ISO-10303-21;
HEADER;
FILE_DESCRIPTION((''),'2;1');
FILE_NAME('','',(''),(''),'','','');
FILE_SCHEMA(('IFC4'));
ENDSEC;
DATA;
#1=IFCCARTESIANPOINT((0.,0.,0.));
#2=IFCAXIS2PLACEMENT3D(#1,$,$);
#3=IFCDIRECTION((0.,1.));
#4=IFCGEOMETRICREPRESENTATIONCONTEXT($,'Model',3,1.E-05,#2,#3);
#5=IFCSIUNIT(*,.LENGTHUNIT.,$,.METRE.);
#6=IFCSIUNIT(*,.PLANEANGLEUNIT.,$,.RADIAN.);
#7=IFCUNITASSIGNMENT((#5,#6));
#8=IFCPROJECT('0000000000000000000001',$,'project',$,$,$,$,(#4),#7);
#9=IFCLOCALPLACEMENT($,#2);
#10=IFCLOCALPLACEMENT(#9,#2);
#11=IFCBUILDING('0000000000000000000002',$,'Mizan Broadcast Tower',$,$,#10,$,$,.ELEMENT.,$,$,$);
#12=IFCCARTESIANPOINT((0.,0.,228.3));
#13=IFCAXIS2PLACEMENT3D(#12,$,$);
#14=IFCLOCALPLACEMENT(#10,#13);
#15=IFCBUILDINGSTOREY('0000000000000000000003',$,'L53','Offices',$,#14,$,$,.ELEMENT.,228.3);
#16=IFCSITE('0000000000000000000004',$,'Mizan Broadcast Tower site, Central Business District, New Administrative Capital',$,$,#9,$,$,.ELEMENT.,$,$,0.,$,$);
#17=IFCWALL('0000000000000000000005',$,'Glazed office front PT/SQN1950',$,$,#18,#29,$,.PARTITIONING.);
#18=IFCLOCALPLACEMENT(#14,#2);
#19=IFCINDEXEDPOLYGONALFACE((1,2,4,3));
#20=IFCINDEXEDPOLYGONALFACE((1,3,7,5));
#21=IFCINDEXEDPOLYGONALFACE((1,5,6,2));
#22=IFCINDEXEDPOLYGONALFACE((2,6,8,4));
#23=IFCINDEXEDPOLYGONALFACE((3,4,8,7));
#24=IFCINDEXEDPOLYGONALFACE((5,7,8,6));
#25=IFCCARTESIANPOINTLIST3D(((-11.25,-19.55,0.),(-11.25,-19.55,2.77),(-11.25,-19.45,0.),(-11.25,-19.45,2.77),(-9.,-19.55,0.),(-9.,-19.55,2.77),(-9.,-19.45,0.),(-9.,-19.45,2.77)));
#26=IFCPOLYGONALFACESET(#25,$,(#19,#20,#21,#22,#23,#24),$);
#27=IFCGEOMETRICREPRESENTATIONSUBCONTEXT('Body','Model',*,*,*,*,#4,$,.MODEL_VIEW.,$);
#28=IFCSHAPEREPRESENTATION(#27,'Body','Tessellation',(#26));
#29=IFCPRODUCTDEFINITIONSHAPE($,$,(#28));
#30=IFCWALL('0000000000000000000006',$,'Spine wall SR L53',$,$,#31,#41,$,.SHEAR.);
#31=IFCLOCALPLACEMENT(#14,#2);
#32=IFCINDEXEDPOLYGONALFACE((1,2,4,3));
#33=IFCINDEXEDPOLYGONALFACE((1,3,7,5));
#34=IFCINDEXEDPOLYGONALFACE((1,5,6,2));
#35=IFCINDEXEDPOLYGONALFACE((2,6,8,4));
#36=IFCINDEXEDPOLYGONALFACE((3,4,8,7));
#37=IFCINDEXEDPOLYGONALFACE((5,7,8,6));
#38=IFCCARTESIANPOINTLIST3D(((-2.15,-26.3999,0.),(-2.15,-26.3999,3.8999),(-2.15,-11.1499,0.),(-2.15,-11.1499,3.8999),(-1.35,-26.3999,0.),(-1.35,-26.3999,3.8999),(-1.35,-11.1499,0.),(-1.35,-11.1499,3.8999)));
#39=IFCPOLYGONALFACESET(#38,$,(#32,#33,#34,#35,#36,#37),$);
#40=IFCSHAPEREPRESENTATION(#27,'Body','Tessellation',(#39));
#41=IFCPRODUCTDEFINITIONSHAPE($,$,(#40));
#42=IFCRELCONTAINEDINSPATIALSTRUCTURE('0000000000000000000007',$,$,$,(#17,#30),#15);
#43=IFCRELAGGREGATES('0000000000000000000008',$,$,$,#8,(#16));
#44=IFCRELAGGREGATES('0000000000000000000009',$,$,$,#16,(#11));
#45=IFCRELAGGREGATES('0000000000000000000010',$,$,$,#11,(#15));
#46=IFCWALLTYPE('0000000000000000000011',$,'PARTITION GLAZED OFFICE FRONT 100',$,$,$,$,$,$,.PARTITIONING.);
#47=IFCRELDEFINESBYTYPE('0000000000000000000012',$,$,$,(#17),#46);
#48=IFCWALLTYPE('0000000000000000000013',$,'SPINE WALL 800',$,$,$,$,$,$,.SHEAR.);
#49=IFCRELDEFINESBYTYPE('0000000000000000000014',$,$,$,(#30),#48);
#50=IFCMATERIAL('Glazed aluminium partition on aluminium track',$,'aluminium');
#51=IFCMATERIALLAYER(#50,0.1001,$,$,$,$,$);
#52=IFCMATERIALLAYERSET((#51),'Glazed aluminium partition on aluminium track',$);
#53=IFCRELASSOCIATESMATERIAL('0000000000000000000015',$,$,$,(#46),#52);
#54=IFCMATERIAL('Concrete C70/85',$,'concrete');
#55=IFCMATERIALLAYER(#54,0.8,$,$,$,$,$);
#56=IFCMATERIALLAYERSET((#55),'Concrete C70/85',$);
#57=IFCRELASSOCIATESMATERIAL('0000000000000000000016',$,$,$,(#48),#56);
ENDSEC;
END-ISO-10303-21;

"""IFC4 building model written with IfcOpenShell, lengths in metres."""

from ifc_helpers import new_model, si_unit, direction, frame, frame_2d, origin, place, context, subcontext, project, spatial, rectangle, extrude, material, layer, layer_set, type_object, element, save


model = new_model("IFC4")

# Units and contexts
model_context = context("Model", 3, precision=1e-05, world=origin(), true_north=direction((0.0, 1.0)))
body_context = subcontext(model_context, "Body", "Model", "MODEL_VIEW")
ifc_project = project(units=[si_unit("LENGTHUNIT", "METRE"), si_unit("PLANEANGLEUNIT", "RADIAN")], contexts=[model_context])

# Site, building, storey
site_placement = place(None, origin())
site = spatial("IfcSite", under=ifc_project, at=site_placement, Name="Mizan Broadcast Tower site, Central Business District, New Administrative Capital", CompositionType="ELEMENT", RefElevation=0.0)
building_placement = place(site_placement, origin())
building = spatial("IfcBuilding", under=site, at=building_placement, Name="Mizan Broadcast Tower", CompositionType="ELEMENT")
storey_placement = place(building_placement, frame((0.0, 0.0, 228.3)))
storey = spatial("IfcBuildingStorey", under=building, at=storey_placement, Name="L53", Description="Offices", CompositionType="ELEMENT", Elevation=228.3)

# Walls
ifc_material_1 = material(Name="Glazed aluminium partition on aluminium track", Category="aluminium")
ifc_layer_1 = layer(ifc_material_1, 0.1001)
ifc_layer_set_1 = layer_set([ifc_layer_1], Name="Glazed aluminium partition on aluminium track")
wall_type_1 = type_object("IfcWallType", Name="PARTITION GLAZED OFFICE FRONT 100", PredefinedType="PARTITIONING", material=ifc_layer_set_1)
wall_1_placement = place(storey_placement, frame((-9.0, -19.5, 0.0), z_axis=(0.0, 0.0, 1.0), x_axis=(-1.0, 0.0, 0.0)))
element("IfcWall", 1, at=wall_1_placement, inside=storey, type_object=wall_type_1, Name="Glazed office front PT/SQN1950", PredefinedType="PARTITIONING", context=body_context, shape_type="SweptSolid", body=[
    extrude(rectangle(XDim=2.25, YDim=0.1001, at=frame_2d((1.125, 0.0))), origin(), (0.0, 0.0, 1.0), 2.77),
])
ifc_material_2 = material(Name="Concrete C70/85", Category="concrete")
ifc_layer_2 = layer(ifc_material_2, 0.8)
ifc_layer_set_2 = layer_set([ifc_layer_2], Name="Concrete C70/85")
wall_type_2 = type_object("IfcWallType", Name="SPINE WALL 800", PredefinedType="SHEAR", material=ifc_layer_set_2)
wall_2_placement = place(storey_placement, frame((-1.75, -11.1499, 0.0), z_axis=(0.0, 0.0, 1.0), x_axis=(0.0, -1.0, 0.0)))
element("IfcWall", 2, at=wall_2_placement, inside=storey, type_object=wall_type_2, Name="Spine wall SR L53", PredefinedType="SHEAR", context=body_context, shape_type="SweptSolid", body=[
    extrude(rectangle(XDim=15.25, YDim=0.8, at=frame_2d((7.625, 0.0))), origin(), (0.0, 0.0, 1.0), 3.8999),
])

save(model, "model.ifc")
